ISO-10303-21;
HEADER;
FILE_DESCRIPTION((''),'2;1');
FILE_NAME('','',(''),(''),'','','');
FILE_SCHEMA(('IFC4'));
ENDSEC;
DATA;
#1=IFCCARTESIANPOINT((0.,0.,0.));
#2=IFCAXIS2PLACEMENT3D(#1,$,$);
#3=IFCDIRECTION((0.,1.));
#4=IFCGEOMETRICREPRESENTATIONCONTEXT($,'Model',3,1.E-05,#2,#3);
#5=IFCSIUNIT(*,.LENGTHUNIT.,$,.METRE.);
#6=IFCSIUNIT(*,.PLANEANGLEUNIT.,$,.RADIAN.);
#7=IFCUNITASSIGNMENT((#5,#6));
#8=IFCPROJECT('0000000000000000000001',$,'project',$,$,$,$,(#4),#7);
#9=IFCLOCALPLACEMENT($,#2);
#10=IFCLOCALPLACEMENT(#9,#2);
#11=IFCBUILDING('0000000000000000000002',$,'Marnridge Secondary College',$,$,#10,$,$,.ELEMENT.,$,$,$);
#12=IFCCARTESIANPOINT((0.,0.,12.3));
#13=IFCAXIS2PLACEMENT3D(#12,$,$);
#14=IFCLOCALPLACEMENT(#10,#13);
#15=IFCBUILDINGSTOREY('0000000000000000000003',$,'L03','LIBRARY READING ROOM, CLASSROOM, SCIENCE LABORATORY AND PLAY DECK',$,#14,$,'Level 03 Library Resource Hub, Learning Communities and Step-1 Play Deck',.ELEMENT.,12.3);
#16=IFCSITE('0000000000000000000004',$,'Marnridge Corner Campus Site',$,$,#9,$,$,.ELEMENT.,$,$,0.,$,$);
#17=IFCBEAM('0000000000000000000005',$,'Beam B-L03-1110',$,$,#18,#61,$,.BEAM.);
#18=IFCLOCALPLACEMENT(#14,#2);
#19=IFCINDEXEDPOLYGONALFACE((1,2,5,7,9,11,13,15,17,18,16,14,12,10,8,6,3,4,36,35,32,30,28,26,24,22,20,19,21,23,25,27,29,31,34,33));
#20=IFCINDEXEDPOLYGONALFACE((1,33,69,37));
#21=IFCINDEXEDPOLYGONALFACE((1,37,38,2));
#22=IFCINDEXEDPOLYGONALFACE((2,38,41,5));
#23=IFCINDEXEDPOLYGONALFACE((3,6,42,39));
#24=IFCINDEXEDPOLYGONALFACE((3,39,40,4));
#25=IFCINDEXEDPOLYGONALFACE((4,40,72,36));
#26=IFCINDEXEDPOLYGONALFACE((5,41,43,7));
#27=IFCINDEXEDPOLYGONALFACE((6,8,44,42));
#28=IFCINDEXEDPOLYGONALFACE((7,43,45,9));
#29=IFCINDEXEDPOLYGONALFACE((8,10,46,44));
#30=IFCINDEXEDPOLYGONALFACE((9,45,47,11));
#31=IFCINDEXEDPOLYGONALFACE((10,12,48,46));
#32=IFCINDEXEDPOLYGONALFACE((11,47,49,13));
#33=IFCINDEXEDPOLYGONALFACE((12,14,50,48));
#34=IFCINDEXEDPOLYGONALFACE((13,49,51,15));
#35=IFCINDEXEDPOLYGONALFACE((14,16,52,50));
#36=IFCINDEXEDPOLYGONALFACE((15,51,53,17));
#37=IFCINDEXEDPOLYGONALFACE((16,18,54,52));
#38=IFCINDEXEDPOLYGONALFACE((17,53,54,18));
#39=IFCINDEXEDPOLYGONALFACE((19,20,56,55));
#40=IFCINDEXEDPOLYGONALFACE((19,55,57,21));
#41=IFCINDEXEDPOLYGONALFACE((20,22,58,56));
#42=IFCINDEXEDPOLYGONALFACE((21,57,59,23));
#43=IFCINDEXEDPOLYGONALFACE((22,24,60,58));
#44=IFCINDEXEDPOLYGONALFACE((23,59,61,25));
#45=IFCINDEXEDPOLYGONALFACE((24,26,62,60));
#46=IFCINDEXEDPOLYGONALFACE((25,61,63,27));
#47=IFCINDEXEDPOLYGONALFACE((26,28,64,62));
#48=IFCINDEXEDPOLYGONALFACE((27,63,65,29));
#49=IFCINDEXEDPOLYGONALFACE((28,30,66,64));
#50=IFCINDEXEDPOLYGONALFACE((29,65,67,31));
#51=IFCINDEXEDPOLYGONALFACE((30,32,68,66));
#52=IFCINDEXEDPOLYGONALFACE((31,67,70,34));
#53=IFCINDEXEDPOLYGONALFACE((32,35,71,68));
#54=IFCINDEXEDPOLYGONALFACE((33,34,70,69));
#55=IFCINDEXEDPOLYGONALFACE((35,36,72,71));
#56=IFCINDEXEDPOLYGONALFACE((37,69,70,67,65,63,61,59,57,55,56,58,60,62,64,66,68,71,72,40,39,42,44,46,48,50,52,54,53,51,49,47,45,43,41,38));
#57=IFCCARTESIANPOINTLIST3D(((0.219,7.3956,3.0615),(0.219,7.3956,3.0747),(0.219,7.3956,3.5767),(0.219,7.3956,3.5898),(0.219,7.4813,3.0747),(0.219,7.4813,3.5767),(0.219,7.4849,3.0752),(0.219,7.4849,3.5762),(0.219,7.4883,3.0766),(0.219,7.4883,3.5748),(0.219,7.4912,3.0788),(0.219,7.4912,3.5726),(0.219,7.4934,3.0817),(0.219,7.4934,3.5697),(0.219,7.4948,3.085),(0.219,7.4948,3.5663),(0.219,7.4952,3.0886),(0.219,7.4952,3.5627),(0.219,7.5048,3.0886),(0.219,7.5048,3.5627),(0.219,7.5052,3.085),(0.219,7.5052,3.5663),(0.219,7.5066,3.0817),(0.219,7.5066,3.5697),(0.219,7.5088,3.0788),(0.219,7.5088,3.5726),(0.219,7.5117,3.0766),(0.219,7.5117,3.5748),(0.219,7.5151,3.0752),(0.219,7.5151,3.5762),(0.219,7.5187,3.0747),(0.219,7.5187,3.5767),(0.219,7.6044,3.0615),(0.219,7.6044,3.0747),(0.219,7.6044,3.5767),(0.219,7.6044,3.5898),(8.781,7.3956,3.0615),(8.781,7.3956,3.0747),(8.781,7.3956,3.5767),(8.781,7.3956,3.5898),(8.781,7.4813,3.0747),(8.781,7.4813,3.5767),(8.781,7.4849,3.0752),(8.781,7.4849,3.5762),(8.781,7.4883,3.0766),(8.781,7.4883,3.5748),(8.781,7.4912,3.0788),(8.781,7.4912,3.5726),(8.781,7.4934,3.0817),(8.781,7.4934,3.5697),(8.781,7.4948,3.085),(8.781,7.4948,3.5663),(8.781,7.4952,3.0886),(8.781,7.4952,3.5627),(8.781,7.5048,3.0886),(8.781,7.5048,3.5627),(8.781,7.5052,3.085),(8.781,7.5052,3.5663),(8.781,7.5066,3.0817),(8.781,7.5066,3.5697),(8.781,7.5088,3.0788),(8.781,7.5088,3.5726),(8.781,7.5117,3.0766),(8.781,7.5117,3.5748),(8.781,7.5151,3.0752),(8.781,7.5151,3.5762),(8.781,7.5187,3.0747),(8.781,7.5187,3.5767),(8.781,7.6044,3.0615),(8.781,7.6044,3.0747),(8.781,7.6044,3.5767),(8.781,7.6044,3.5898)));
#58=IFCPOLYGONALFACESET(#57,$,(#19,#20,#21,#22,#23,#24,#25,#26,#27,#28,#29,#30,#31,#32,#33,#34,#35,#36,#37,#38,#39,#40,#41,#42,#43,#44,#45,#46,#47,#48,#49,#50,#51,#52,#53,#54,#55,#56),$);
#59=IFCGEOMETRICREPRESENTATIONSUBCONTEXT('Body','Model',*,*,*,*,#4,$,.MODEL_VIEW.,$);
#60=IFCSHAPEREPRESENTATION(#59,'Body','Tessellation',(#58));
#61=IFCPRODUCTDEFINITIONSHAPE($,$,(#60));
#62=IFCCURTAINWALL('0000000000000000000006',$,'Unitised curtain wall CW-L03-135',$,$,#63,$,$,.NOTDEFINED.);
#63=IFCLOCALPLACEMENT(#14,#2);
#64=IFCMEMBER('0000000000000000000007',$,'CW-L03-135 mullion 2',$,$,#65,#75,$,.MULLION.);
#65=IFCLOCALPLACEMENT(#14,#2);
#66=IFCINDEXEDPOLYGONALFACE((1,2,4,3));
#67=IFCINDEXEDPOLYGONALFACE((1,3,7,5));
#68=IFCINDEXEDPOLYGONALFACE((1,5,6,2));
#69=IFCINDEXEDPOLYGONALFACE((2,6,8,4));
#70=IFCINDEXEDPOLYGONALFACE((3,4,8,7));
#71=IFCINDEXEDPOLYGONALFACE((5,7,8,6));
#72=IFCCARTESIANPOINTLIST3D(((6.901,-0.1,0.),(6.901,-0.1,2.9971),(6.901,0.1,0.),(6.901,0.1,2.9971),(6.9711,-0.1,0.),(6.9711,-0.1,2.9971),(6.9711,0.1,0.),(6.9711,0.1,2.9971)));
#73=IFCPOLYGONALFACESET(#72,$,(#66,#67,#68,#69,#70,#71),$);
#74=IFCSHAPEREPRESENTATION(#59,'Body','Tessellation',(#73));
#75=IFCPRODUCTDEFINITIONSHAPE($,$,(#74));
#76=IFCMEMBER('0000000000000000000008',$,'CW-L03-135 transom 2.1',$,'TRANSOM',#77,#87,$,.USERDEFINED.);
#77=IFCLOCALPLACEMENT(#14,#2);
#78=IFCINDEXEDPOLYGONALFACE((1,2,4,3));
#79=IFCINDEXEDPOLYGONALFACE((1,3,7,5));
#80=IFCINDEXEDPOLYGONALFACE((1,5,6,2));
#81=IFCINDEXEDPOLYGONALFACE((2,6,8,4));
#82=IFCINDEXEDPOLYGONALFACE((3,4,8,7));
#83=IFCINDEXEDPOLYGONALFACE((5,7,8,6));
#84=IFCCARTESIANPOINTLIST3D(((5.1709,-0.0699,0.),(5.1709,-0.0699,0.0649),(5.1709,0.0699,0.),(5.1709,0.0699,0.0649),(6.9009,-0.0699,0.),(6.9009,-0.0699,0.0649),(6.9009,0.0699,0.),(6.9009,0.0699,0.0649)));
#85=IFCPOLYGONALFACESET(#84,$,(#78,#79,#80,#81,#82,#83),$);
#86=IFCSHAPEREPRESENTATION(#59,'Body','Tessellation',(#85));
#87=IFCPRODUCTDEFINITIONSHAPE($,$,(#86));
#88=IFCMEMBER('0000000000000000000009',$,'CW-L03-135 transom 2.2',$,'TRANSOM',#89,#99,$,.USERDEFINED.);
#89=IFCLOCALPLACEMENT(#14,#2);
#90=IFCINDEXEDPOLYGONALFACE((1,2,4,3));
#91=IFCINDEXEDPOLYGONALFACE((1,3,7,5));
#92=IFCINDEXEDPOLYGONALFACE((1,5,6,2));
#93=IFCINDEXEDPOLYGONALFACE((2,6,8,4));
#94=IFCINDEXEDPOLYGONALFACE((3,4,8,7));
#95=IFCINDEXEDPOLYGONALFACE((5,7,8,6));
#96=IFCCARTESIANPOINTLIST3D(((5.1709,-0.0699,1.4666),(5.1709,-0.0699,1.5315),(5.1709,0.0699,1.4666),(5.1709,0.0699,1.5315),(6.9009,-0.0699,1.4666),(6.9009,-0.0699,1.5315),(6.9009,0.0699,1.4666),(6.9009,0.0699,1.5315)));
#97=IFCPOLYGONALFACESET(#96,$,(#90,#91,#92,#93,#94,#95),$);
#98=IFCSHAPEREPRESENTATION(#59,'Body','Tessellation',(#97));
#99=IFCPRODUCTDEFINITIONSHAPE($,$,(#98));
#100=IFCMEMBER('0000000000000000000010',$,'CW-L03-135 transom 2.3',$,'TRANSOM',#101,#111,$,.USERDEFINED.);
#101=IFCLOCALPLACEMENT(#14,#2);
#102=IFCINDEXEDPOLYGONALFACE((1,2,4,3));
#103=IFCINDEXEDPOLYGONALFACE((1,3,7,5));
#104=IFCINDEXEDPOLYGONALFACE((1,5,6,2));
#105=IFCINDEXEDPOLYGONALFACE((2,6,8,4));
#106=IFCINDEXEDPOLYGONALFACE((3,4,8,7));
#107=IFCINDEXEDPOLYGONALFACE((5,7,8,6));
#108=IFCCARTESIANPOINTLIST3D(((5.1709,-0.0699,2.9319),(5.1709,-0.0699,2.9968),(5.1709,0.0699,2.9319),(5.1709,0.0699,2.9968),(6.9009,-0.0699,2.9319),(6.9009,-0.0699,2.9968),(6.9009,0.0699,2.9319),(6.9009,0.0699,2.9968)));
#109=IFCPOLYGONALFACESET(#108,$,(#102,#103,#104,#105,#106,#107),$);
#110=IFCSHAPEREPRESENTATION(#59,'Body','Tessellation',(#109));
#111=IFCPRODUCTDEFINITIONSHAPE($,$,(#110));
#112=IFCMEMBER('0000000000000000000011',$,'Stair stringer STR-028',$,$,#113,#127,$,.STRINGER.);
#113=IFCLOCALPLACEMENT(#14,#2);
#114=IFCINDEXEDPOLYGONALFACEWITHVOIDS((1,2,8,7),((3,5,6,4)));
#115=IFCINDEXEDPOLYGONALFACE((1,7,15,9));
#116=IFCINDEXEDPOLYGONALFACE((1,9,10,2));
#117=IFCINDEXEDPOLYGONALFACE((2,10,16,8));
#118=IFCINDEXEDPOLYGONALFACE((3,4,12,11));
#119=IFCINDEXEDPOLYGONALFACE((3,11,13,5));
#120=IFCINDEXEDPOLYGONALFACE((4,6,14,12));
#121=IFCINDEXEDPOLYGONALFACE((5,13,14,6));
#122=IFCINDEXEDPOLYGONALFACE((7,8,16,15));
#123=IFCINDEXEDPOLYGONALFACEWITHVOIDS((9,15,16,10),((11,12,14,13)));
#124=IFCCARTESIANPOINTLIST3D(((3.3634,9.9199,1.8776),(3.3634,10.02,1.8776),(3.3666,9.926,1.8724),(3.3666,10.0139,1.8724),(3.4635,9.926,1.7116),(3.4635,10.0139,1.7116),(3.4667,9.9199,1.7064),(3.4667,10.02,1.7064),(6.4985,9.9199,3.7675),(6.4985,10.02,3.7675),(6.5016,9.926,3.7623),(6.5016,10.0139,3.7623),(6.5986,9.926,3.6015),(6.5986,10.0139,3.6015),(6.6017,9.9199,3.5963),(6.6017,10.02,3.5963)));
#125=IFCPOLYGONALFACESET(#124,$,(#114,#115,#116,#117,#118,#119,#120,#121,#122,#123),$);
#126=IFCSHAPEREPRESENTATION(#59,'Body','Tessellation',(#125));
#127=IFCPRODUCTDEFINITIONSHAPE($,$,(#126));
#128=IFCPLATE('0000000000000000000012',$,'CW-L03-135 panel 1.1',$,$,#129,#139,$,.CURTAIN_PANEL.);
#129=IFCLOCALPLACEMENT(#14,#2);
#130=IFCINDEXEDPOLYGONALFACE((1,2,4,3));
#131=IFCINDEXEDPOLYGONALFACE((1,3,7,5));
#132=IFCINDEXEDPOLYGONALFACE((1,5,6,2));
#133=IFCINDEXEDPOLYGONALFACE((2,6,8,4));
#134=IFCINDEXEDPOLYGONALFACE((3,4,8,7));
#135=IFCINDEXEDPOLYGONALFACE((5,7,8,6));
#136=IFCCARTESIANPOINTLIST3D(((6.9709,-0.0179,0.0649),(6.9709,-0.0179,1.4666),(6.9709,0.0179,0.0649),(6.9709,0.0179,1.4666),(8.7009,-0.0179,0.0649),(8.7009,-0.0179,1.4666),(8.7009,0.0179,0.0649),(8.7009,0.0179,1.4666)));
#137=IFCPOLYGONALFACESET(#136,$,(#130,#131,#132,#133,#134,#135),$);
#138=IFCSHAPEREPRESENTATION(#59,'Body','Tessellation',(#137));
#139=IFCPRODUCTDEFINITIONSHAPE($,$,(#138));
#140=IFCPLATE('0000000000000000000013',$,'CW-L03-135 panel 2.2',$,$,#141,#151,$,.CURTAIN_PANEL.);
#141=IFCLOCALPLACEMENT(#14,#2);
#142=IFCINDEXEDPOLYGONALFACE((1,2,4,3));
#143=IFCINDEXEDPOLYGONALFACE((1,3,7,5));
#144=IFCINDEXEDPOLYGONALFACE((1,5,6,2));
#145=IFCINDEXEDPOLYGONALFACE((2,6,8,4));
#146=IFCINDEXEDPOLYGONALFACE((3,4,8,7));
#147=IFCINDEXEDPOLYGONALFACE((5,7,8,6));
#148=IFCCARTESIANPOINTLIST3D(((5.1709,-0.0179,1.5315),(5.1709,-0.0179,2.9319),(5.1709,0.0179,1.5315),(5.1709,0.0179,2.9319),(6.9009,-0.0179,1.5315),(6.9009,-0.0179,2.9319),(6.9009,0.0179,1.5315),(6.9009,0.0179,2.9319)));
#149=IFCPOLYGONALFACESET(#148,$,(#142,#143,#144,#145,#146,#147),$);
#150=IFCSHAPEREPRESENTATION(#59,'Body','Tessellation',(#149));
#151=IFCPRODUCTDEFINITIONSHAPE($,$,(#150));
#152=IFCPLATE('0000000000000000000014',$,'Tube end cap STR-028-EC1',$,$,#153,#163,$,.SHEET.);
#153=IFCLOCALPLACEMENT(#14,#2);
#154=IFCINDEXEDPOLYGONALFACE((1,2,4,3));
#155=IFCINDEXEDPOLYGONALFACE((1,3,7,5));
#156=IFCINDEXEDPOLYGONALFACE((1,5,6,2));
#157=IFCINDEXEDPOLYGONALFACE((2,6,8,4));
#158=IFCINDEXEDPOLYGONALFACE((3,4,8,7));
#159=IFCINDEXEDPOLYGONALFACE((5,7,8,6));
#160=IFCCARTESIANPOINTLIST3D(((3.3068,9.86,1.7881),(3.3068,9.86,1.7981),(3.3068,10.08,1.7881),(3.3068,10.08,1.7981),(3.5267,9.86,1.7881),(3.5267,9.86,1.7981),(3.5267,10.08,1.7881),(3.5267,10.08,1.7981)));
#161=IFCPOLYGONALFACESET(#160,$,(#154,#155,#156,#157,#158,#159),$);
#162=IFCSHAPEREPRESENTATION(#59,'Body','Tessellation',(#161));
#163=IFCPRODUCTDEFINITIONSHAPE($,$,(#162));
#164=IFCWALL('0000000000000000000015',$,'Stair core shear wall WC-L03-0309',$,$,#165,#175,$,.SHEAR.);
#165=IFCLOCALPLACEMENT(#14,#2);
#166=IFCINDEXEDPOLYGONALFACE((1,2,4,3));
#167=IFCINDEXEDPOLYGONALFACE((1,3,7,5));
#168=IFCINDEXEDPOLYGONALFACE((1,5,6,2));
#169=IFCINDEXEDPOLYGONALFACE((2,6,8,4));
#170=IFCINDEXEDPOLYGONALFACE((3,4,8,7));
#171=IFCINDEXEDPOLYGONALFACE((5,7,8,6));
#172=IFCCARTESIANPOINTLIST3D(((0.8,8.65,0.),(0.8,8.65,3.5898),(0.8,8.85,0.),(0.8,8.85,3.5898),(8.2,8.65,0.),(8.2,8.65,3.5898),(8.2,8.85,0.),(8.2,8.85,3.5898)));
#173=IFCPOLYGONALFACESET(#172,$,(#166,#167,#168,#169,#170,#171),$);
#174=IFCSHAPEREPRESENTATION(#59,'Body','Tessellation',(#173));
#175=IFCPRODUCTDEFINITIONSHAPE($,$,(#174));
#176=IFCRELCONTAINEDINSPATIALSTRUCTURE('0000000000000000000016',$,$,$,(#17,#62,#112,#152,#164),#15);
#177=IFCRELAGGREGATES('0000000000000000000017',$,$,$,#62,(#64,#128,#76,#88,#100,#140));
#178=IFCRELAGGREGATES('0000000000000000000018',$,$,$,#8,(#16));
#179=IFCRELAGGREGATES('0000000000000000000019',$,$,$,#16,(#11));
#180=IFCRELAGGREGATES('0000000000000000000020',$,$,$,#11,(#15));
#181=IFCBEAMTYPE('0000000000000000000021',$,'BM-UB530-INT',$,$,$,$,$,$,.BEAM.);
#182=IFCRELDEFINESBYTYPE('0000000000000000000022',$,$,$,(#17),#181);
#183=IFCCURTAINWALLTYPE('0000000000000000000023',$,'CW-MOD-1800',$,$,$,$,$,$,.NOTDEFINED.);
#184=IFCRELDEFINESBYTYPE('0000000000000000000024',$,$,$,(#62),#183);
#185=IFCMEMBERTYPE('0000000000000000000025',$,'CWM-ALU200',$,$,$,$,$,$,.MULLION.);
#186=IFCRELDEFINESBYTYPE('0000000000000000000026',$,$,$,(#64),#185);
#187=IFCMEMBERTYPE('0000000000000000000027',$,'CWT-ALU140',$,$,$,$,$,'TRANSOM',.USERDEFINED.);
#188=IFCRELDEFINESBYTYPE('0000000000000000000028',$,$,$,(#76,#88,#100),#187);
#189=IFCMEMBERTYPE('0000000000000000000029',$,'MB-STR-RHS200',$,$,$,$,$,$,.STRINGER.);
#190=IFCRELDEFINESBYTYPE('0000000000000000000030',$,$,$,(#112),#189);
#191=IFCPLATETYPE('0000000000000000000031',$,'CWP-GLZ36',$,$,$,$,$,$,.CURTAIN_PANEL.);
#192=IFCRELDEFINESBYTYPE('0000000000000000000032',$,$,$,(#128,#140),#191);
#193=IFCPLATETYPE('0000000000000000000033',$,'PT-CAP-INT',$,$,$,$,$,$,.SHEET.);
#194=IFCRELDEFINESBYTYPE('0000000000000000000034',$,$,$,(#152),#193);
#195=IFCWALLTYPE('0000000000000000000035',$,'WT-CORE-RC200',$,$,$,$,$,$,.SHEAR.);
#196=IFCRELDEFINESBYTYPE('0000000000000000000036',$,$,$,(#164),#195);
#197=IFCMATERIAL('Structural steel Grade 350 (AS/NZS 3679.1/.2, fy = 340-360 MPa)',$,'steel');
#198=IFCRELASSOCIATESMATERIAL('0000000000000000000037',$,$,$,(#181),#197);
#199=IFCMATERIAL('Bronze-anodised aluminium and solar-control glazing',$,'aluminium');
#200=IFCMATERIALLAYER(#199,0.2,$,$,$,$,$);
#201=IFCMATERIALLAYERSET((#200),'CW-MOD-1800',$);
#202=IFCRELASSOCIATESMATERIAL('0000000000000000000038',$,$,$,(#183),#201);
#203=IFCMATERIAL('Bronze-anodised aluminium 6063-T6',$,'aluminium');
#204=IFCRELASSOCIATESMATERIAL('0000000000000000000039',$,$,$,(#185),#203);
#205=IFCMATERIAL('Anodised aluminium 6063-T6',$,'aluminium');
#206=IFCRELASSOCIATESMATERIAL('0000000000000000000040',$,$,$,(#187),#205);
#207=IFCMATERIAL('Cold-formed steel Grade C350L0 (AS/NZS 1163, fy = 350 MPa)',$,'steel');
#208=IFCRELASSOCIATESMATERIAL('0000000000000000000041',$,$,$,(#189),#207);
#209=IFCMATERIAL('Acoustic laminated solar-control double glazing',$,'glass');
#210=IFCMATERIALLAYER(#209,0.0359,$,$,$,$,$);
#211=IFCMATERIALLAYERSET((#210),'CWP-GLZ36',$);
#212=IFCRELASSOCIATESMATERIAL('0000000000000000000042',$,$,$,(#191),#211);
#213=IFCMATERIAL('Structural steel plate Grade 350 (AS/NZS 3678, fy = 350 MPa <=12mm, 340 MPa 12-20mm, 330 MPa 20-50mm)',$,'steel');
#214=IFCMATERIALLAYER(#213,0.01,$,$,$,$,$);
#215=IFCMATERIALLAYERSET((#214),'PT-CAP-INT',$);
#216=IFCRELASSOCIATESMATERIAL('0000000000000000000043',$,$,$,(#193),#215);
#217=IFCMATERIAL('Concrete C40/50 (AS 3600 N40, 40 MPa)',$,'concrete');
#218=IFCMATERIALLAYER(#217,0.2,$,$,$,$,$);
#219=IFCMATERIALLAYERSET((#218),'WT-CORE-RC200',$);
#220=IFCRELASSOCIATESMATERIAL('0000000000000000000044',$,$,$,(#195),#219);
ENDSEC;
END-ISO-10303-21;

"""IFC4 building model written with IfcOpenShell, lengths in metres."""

from ifc_helpers import new_model, si_unit, direction, frame, frame_2d, origin, origin_2d, place, context, subcontext, project, spatial, rectangle, hollow_rectangle, i_section, extrude, material, layer, layer_set, material_profile, profile_set, type_object, element, aggregate, save


model = new_model("IFC4")

# Units and contexts
model_context = context("Model", 3, precision=1e-05, world=origin(), true_north=direction((0.0, 1.0)))
body_context = subcontext(model_context, "Body", "Model", "MODEL_VIEW")
ifc_project = project(units=[si_unit("LENGTHUNIT", "METRE"), si_unit("PLANEANGLEUNIT", "RADIAN")], contexts=[model_context])

# Site, building, storey
site_placement = place(None, origin())
site = spatial("IfcSite", under=ifc_project, at=site_placement, Name="Marnridge Corner Campus Site", CompositionType="ELEMENT", RefElevation=0.0)
building_placement = place(site_placement, origin())
building = spatial("IfcBuilding", under=site, at=building_placement, Name="Marnridge Secondary College", CompositionType="ELEMENT")
storey_placement = place(building_placement, frame((0.0, 0.0, 12.3)))
storey = spatial("IfcBuildingStorey", under=building, at=storey_placement, Name="L03", Description="LIBRARY READING ROOM, CLASSROOM, SCIENCE LABORATORY AND PLAY DECK", LongName="Level 03 Library Resource Hub, Learning Communities and Step-1 Play Deck", CompositionType="ELEMENT", Elevation=12.3)

# Beam
ifc_material_1 = material(Name="Structural steel Grade 350 (AS/NZS 3679.1/.2, fy = 340-360 MPa)", Category="steel")
ifc_material_profile_1 = material_profile(ifc_material_1, i_section(OverallWidth=0.2087, OverallDepth=0.5283, WebThickness=0.0095, FlangeThickness=0.0132, FilletRadius=0.0139, at=origin_2d()), Name="530UB82.0")
ifc_profile_set_1 = profile_set([ifc_material_profile_1], Name="Structural steel Grade 350 (AS/NZS 3679.1/.2, fy = 340-360 MPa)")
beam_type_1 = type_object("IfcBeamType", Name="BM-UB530-INT", PredefinedType="BEAM", material=ifc_profile_set_1)
beam_placement = place(storey_placement, frame((0.219, 7.5, 3.3257), z_axis=(1.0, 0.0, 0.0), x_axis=(0.0, 1.0, 0.0)))
element("IfcBeam", 1, at=beam_placement, inside=storey, type_object=beam_type_1, Name="Beam B-L03-1110", PredefinedType="BEAM", context=body_context, shape_type="SweptSolid", body=[
    extrude(i_section(OverallWidth=0.2087, OverallDepth=0.5283, WebThickness=0.0095, FlangeThickness=0.0132, FilletRadius=0.0139, at=origin_2d()), origin(), (0.0, 0.0, 1.0), 8.562),
])

# Curtain wall, members
ifc_material_2 = material(Name="Bronze-anodised aluminium and solar-control glazing", Category="aluminium")
ifc_layer_1 = layer(ifc_material_2, 0.2)
ifc_layer_set_1 = layer_set([ifc_layer_1], Name="CW-MOD-1800")
curtain_wall_type = type_object("IfcCurtainWallType", Name="CW-MOD-1800", PredefinedType="NOTDEFINED", material=ifc_layer_set_1)
curtain_wall_placement = place(storey_placement, origin())
curtain_wall = element("IfcCurtainWall", 2, at=curtain_wall_placement, inside=storey, type_object=curtain_wall_type, Name="Unitised curtain wall CW-L03-135", PredefinedType="NOTDEFINED")
ifc_material_3 = material(Name="Bronze-anodised aluminium 6063-T6", Category="aluminium")
ifc_material_profile_2 = material_profile(ifc_material_3, rectangle(XDim=0.0701, YDim=0.2, at=origin_2d()), Name="ALU 70x200")
ifc_profile_set_2 = profile_set([ifc_material_profile_2], Name="Bronze-anodised aluminium 6063-T6")
member_type_1 = type_object("IfcMemberType", Name="CWM-ALU200", PredefinedType="MULLION", material=ifc_profile_set_2)
member_1_placement = place(storey_placement, frame((6.936, 0.0, 0.0), z_axis=(0.0, 0.0, 1.0), x_axis=(-1.0, 0.0, 0.0)))
member_1 = element("IfcMember", 3, at=member_1_placement, type_object=member_type_1, Name="CW-L03-135 mullion 2", PredefinedType="MULLION", context=body_context, shape_type="SweptSolid", body=[
    extrude(rectangle(XDim=0.0701, YDim=0.2, at=origin_2d()), origin(), (0.0, 0.0, 1.0), 2.9971),
])
ifc_material_4 = material(Name="Anodised aluminium 6063-T6", Category="aluminium")
ifc_material_profile_3 = material_profile(ifc_material_4, rectangle(XDim=0.0649, YDim=0.1399, at=origin_2d()), Name="ALU 65x140")
ifc_profile_set_3 = profile_set([ifc_material_profile_3], Name="Anodised aluminium 6063-T6")
member_type_2 = type_object("IfcMemberType", Name="CWT-ALU140", ElementType="TRANSOM", PredefinedType="USERDEFINED", material=ifc_profile_set_3)
member_2_placement = place(storey_placement, frame((6.9009, 0.0, 0.0325), z_axis=(-1.0, 0.0, 0.0), x_axis=(0.0, 0.0, 1.0)))
member_2 = element("IfcMember", 4, at=member_2_placement, type_object=member_type_2, Name="CW-L03-135 transom 2.1", ObjectType="TRANSOM", PredefinedType="USERDEFINED", context=body_context, shape_type="SweptSolid", body=[
    extrude(rectangle(XDim=0.0649, YDim=0.1399, at=origin_2d()), origin(), (0.0, 0.0, 1.0), 1.73),
])
member_3_placement = place(storey_placement, frame((6.9009, 0.0, 1.499), z_axis=(-1.0, 0.0, 0.0), x_axis=(0.0, 0.0, 1.0)))
member_3 = element("IfcMember", 5, at=member_3_placement, type_object=member_type_2, Name="CW-L03-135 transom 2.2", ObjectType="TRANSOM", PredefinedType="USERDEFINED", context=body_context, shape_type="SweptSolid", body=[
    extrude(rectangle(XDim=0.0649, YDim=0.1399, at=origin_2d()), origin(), (0.0, 0.0, 1.0), 1.73),
])
member_4_placement = place(storey_placement, frame((6.9009, 0.0, 2.9644), z_axis=(-1.0, 0.0, 0.0), x_axis=(0.0, 0.0, 1.0)))
member_4 = element("IfcMember", 6, at=member_4_placement, type_object=member_type_2, Name="CW-L03-135 transom 2.3", ObjectType="TRANSOM", PredefinedType="USERDEFINED", context=body_context, shape_type="SweptSolid", body=[
    extrude(rectangle(XDim=0.0649, YDim=0.1399, at=origin_2d()), origin(), (0.0, 0.0, 1.0), 1.73),
])

# Member
ifc_material_5 = material(Name="Cold-formed steel Grade C350L0 (AS/NZS 1163, fy = 350 MPa)", Category="steel")
ifc_material_profile_4 = material_profile(ifc_material_5, hollow_rectangle(XDim=0.1001, YDim=0.2, WallThickness=0.0061, at=origin_2d()), Name="200x100x6.0RHS")
ifc_profile_set_4 = profile_set([ifc_material_profile_4], Name="Cold-formed steel Grade C350L0 (AS/NZS 1163, fy = 350 MPa)")
member_type_3 = type_object("IfcMemberType", Name="MB-STR-RHS200", PredefinedType="STRINGER", material=ifc_profile_set_4)
member_5_placement = place(storey_placement, frame((3.415, 9.97, 1.792), z_axis=(0.85642, 0.0, 0.51628), x_axis=(0.0, 1.0, 0.0)))
element("IfcMember", 7, at=member_5_placement, inside=storey, type_object=member_type_3, Name="Stair stringer STR-028", PredefinedType="STRINGER", context=body_context, shape_type="SweptSolid", body=[
    extrude(hollow_rectangle(XDim=0.1001, YDim=0.2, WallThickness=0.0061, at=origin_2d()), origin(), (0.0, 0.0, 1.0), 3.6606),
])

# Plates
ifc_material_6 = material(Name="Acoustic laminated solar-control double glazing", Category="glass")
ifc_layer_2 = layer(ifc_material_6, 0.0359)
ifc_layer_set_2 = layer_set([ifc_layer_2], Name="CWP-GLZ36")
plate_type_1 = type_object("IfcPlateType", Name="CWP-GLZ36", PredefinedType="CURTAIN_PANEL", material=ifc_layer_set_2)
plate_1_placement = place(storey_placement, frame((7.8359, 0.0, 0.0649), z_axis=(0.0, 0.0, 1.0), x_axis=(-1.0, 0.0, 0.0)))
plate_1 = element("IfcPlate", 8, at=plate_1_placement, type_object=plate_type_1, Name="CW-L03-135 panel 1.1", PredefinedType="CURTAIN_PANEL", context=body_context, shape_type="SweptSolid", body=[
    extrude(rectangle(XDim=1.73, YDim=0.0359, at=origin_2d()), origin(), (0.0, 0.0, 1.0), 1.4016),
])
plate_2_placement = place(storey_placement, frame((6.0359, 0.0, 1.5315), z_axis=(0.0, 0.0, 1.0), x_axis=(-1.0, 0.0, 0.0)))
plate_2 = element("IfcPlate", 9, at=plate_2_placement, type_object=plate_type_1, Name="CW-L03-135 panel 2.2", PredefinedType="CURTAIN_PANEL", context=body_context, shape_type="SweptSolid", body=[
    extrude(rectangle(XDim=1.73, YDim=0.0359, at=origin_2d()), origin(), (0.0, 0.0, 1.0), 1.4004),
])
aggregate(curtain_wall, [member_1, plate_1, member_2, member_3, member_4, plate_2])
ifc_material_7 = material(Name="Structural steel plate Grade 350 (AS/NZS 3678, fy = 350 MPa <=12mm, 340 MPa 12-20mm, 330 MPa 20-50mm)", Category="steel")
ifc_layer_3 = layer(ifc_material_7, 0.01)
ifc_layer_set_3 = layer_set([ifc_layer_3], Name="PT-CAP-INT")
plate_type_2 = type_object("IfcPlateType", Name="PT-CAP-INT", PredefinedType="SHEET", material=ifc_layer_set_3)
plate_3_placement = place(storey_placement, frame((3.4167, 9.97, 1.7881), z_axis=(0.0, 0.0, 1.0), x_axis=(1.0, 0.0, 0.0)))
element("IfcPlate", 10, at=plate_3_placement, inside=storey, type_object=plate_type_2, Name="Tube end cap STR-028-EC1", PredefinedType="SHEET", context=body_context, shape_type="SweptSolid", body=[
    extrude(rectangle(XDim=0.22, YDim=0.22, at=origin_2d()), origin(), (0.0, 0.0, 1.0), 0.01),
])

# Wall
ifc_material_8 = material(Name="Concrete C40/50 (AS 3600 N40, 40 MPa)", Category="concrete")
ifc_layer_4 = layer(ifc_material_8, 0.2)
ifc_layer_set_4 = layer_set([ifc_layer_4], Name="WT-CORE-RC200")
wall_type_1 = type_object("IfcWallType", Name="WT-CORE-RC200", PredefinedType="SHEAR", material=ifc_layer_set_4)
wall_placement = place(storey_placement, frame((0.8, 8.75, 0.0), z_axis=(0.0, 0.0, 1.0), x_axis=(1.0, 0.0, 0.0)))
element("IfcWall", 11, at=wall_placement, inside=storey, type_object=wall_type_1, Name="Stair core shear wall WC-L03-0309", PredefinedType="SHEAR", context=body_context, shape_type="SweptSolid", body=[
    extrude(rectangle(XDim=7.3999, YDim=0.2, at=frame_2d((3.7, 0.0))), origin(), (0.0, 0.0, 1.0), 3.5898),
])

save(model, "model.ifc")
